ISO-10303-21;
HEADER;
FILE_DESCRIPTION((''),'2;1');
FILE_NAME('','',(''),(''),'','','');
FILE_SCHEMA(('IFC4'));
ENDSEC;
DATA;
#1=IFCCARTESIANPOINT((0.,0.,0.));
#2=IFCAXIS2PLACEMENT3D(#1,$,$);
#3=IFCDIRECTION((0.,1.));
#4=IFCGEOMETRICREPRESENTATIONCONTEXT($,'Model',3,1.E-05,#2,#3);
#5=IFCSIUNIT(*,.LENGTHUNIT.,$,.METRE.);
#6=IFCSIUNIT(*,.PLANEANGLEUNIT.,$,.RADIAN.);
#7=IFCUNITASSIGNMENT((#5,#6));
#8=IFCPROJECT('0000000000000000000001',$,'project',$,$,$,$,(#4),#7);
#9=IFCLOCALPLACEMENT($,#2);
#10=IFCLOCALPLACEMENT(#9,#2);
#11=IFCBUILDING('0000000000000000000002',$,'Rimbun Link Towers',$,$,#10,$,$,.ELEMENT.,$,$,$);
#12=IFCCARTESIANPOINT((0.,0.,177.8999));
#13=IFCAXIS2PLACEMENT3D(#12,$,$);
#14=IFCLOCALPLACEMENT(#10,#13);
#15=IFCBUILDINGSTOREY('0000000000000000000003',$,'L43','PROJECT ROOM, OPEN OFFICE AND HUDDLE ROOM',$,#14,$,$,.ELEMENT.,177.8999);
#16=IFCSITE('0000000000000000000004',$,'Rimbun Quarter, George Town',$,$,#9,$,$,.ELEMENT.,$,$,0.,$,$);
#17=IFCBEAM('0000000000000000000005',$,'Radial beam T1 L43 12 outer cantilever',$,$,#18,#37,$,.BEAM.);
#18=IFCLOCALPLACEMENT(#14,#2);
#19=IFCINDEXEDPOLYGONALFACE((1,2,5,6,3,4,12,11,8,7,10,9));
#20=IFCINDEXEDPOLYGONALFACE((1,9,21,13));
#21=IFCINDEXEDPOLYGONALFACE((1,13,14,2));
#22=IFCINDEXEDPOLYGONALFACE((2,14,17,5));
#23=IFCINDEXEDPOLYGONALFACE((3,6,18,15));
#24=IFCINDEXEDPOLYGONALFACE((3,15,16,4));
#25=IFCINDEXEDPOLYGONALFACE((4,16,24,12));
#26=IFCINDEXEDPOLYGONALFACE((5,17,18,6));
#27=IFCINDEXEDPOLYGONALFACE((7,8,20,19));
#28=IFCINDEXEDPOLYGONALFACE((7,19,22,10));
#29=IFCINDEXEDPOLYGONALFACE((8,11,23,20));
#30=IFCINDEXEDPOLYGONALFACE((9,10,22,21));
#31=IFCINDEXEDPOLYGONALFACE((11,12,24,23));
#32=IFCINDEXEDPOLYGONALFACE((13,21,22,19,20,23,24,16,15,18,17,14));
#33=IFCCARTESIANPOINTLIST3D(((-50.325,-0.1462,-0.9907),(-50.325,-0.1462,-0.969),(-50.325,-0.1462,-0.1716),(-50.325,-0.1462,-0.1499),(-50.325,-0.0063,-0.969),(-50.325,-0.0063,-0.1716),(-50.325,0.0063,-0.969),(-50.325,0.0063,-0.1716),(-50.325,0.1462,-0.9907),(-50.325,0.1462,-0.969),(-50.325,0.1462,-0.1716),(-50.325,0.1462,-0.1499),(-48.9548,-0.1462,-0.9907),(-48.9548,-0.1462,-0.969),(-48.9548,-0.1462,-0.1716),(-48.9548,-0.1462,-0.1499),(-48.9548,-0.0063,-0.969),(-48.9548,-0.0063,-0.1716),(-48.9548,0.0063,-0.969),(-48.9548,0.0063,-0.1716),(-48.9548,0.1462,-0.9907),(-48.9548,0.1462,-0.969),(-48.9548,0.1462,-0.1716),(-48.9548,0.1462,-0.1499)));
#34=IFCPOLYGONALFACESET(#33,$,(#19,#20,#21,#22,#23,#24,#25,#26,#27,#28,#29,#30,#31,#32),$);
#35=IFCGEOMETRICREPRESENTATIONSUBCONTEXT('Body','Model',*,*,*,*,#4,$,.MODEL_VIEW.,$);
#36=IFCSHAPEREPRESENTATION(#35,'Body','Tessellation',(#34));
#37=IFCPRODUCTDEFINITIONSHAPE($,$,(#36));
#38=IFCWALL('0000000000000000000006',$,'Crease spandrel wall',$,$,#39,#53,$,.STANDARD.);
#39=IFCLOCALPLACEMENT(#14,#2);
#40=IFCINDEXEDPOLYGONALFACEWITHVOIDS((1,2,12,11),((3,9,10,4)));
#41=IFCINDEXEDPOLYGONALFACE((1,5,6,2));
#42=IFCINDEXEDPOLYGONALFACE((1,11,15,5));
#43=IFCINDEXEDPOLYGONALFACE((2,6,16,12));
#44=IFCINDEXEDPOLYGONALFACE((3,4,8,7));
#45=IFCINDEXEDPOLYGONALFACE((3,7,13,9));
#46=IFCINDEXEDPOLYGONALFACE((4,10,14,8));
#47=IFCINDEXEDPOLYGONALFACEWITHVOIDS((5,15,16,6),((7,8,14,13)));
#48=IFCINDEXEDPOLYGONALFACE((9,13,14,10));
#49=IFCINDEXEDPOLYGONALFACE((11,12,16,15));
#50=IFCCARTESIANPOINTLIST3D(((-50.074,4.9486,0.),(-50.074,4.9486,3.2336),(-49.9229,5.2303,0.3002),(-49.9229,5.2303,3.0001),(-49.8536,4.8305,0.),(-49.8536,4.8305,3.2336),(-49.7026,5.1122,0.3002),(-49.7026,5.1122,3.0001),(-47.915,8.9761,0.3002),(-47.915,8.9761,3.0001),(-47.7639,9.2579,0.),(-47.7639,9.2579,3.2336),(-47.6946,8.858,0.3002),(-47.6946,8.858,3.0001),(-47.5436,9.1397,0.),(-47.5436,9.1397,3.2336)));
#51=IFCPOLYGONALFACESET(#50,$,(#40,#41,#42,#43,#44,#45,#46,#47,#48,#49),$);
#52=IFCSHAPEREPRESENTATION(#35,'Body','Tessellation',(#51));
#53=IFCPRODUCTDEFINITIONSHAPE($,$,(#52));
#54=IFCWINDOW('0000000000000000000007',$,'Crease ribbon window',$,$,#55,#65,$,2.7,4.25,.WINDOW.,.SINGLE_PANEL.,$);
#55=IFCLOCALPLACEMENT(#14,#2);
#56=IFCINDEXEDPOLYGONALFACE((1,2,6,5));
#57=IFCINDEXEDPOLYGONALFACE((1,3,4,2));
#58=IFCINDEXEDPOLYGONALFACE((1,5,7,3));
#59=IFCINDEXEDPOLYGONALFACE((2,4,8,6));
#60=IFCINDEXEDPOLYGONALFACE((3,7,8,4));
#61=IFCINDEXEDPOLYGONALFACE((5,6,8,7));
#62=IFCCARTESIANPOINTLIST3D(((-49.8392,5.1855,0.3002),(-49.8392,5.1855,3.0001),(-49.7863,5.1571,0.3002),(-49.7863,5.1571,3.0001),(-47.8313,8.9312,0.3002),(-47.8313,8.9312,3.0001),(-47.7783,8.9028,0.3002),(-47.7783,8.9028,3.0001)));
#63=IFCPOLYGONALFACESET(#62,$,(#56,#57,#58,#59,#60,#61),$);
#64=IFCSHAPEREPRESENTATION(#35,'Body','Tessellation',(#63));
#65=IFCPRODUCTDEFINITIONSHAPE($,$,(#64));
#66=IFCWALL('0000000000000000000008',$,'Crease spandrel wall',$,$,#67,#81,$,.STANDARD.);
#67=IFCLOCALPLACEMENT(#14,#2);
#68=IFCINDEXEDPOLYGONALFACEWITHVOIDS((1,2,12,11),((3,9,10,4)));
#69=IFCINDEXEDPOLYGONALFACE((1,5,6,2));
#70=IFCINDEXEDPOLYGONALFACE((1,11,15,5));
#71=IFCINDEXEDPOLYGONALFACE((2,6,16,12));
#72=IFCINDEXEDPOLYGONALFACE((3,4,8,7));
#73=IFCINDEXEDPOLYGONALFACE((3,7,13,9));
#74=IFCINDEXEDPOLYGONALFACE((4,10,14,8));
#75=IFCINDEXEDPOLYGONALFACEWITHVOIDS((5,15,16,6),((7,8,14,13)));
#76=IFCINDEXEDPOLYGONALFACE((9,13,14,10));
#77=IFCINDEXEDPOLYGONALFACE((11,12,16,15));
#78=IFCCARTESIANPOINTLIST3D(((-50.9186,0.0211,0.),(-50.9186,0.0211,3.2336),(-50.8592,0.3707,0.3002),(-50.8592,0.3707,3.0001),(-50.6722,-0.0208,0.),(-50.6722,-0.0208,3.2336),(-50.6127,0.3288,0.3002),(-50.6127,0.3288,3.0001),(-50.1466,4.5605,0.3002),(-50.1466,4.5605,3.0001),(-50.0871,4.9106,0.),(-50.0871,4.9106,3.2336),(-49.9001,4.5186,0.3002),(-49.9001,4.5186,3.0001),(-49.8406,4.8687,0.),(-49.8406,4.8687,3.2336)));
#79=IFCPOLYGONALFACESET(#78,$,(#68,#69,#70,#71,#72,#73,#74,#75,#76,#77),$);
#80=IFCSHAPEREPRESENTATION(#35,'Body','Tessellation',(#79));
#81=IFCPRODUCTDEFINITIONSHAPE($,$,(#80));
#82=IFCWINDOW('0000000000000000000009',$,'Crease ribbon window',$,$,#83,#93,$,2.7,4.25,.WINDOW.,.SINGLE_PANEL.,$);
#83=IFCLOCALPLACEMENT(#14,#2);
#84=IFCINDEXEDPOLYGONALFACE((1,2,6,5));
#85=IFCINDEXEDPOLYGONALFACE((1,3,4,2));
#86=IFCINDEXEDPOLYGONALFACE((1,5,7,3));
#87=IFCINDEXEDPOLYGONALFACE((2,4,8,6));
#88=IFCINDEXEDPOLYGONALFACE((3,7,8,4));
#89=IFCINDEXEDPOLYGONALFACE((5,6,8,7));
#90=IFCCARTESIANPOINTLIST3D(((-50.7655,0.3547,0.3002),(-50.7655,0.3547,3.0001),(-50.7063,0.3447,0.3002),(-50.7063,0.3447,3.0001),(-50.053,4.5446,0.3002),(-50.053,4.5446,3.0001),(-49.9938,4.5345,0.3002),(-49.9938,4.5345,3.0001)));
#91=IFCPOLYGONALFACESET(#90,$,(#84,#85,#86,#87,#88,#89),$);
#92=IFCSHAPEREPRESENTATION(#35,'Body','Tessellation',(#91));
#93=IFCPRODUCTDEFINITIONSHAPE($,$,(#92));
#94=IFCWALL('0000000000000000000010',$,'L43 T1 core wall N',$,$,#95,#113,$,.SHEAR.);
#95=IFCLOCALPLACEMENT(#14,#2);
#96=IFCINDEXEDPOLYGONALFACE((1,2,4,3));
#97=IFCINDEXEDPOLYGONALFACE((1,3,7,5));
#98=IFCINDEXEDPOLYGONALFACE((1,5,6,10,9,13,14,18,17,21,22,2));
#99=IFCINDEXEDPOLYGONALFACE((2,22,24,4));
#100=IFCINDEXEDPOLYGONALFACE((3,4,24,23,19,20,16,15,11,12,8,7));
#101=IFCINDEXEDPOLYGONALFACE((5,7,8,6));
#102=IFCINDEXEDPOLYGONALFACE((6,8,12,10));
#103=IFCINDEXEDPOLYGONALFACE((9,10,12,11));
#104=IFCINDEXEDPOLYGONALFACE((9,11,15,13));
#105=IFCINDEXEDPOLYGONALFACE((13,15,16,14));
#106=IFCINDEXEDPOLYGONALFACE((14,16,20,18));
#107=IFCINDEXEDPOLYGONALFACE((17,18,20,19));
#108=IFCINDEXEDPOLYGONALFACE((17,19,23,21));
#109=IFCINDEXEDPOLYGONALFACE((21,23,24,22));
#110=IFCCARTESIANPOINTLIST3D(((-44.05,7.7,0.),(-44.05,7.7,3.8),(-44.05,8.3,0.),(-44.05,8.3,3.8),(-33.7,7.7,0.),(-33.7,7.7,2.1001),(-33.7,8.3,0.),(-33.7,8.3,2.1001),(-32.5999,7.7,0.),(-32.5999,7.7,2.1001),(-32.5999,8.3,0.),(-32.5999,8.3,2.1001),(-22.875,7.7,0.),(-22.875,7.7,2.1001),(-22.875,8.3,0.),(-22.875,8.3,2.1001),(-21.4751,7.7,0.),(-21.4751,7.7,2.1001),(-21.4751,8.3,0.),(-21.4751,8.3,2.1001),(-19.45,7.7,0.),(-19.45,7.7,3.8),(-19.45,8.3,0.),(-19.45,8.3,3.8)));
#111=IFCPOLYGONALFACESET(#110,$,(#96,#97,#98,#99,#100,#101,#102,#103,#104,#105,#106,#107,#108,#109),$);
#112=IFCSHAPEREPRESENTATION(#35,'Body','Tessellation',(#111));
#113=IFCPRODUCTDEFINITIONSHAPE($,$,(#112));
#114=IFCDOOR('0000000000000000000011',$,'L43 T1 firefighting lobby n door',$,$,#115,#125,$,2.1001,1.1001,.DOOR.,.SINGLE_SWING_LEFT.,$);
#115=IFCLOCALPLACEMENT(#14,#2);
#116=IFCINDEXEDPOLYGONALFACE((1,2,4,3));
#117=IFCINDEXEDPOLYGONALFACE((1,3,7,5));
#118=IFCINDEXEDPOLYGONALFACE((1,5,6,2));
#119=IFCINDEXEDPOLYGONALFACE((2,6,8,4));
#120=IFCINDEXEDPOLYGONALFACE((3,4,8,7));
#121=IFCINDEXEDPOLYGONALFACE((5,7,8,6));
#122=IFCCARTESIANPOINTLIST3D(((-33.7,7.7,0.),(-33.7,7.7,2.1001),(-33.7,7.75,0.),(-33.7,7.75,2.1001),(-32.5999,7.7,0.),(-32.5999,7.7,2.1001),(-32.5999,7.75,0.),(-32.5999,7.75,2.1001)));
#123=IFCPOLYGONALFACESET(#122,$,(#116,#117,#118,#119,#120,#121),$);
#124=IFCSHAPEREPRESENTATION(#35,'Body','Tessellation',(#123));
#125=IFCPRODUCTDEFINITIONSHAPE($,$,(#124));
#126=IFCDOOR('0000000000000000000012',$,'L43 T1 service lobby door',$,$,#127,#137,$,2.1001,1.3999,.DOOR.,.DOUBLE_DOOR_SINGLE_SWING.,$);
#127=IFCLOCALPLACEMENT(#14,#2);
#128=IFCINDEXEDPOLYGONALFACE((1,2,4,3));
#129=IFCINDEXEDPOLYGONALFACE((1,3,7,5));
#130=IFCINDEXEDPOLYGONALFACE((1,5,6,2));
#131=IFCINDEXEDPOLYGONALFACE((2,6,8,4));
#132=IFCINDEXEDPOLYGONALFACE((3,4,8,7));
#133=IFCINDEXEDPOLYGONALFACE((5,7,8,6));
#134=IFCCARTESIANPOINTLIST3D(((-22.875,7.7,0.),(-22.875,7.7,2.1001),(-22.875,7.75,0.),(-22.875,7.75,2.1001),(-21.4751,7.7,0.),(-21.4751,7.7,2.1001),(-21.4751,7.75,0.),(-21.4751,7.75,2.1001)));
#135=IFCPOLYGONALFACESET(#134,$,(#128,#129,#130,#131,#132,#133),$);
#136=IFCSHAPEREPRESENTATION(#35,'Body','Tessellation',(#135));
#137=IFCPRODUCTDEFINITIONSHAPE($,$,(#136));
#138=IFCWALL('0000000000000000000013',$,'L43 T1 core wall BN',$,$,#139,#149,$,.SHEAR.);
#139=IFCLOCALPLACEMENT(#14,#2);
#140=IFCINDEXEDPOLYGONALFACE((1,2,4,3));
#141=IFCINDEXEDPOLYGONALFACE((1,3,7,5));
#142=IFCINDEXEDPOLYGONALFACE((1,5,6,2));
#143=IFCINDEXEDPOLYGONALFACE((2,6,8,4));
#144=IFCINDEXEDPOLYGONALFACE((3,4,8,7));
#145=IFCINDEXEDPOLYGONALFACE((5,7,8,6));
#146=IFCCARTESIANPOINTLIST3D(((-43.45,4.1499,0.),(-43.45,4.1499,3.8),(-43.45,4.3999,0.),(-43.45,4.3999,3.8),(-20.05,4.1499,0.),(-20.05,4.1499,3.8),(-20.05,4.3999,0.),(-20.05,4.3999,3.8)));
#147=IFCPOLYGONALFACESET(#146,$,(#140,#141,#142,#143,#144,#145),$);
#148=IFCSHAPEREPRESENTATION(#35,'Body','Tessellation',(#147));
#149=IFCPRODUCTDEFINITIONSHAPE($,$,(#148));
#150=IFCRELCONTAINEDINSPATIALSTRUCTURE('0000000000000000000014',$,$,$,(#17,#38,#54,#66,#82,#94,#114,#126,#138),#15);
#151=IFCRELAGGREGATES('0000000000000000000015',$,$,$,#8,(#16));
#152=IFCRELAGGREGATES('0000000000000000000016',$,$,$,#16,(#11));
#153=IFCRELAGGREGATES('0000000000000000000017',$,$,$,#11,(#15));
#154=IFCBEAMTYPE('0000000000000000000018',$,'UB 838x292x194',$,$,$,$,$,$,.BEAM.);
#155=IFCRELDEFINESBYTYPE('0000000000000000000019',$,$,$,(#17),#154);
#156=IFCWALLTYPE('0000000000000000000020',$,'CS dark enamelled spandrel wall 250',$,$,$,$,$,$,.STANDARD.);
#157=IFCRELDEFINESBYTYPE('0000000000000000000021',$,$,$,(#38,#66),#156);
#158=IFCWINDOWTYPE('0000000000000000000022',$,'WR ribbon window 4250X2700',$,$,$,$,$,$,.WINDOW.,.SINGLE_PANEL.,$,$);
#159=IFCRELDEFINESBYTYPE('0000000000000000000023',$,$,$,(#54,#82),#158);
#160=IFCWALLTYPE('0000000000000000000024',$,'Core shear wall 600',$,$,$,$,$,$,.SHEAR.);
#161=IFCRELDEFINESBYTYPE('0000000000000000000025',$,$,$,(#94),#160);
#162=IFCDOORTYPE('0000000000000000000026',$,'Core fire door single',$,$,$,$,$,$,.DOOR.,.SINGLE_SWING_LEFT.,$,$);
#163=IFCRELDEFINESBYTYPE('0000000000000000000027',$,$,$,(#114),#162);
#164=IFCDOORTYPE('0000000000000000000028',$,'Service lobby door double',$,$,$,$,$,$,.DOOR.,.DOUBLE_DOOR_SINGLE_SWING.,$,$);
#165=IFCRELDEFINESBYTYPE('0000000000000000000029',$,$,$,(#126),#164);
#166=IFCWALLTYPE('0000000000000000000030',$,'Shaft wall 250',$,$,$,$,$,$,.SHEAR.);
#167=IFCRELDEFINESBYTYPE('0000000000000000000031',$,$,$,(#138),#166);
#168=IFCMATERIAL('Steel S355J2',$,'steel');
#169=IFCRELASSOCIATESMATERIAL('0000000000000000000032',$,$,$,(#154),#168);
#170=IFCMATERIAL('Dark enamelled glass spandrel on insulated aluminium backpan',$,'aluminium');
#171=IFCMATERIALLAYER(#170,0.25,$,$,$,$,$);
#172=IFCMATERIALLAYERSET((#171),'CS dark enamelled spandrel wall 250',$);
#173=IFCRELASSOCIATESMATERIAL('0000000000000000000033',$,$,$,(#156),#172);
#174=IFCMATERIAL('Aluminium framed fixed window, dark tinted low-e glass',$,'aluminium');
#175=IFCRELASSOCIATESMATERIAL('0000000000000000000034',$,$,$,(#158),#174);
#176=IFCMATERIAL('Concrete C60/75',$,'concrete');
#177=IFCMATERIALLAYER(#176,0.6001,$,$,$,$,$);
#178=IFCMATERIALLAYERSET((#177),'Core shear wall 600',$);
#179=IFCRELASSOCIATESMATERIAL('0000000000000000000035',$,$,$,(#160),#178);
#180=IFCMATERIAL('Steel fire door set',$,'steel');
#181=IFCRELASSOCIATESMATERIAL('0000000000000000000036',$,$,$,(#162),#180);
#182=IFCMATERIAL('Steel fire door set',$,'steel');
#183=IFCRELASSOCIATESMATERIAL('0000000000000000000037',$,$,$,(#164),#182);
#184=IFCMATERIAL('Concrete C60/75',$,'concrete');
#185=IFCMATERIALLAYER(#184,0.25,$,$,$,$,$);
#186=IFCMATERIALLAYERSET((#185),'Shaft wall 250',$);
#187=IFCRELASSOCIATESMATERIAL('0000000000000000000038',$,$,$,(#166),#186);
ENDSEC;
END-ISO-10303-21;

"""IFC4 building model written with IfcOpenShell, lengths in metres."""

from ifc_helpers import new_model, si_unit, direction, frame, frame_2d, origin, origin_2d, place, context, subcontext, project, spatial, rectangle, i_section, extrude, material, layer, layer_set, material_profile, profile_set, type_object, element, fill, save


model = new_model("IFC4")

# Units and contexts
model_context = context("Model", 3, precision=1e-05, world=origin(), true_north=direction((0.0, 1.0)))
body_context = subcontext(model_context, "Body", "Model", "MODEL_VIEW")
ifc_project = project(units=[si_unit("LENGTHUNIT", "METRE"), si_unit("PLANEANGLEUNIT", "RADIAN")], contexts=[model_context])

# Site, building, storey
site_placement = place(None, origin())
site = spatial("IfcSite", under=ifc_project, at=site_placement, Name="Rimbun Quarter, George Town", CompositionType="ELEMENT", RefElevation=0.0)
building_placement = place(site_placement, origin())
building = spatial("IfcBuilding", under=site, at=building_placement, Name="Rimbun Link Towers", CompositionType="ELEMENT")
storey_placement = place(building_placement, frame((0.0, 0.0, 177.8999)))
storey = spatial("IfcBuildingStorey", under=building, at=storey_placement, Name="L43", Description="PROJECT ROOM, OPEN OFFICE AND HUDDLE ROOM", CompositionType="ELEMENT", Elevation=177.8999)

# Beam
ifc_material_1 = material(Name="Steel S355J2", Category="steel")
ifc_material_profile_1 = material_profile(ifc_material_1, i_section(OverallWidth=0.2925, OverallDepth=0.8408, WebThickness=0.0127, FlangeThickness=0.0217, at=origin_2d()), Name="UB 838x292x194")
ifc_profile_set_1 = profile_set([ifc_material_profile_1], Name="Steel S355J2")
beam_type_1 = type_object("IfcBeamType", Name="UB 838x292x194", PredefinedType="BEAM", material=ifc_profile_set_1)
beam_1_placement = place(storey_placement, frame((-48.9548, 0.0, -0.5703), z_axis=(-1.0, 0.0, 0.0), x_axis=(0.0, -1.0, 0.0)))
element("IfcBeam", 1, at=beam_1_placement, inside=storey, type_object=beam_type_1, Name="Radial beam T1 L43 12 outer cantilever", PredefinedType="BEAM", context=body_context, shape_type="SweptSolid", body=[
    extrude(i_section(OverallWidth=0.2925, OverallDepth=0.8408, WebThickness=0.0127, FlangeThickness=0.0217, at=origin_2d()), origin(), (0.0, 0.0, 1.0), 1.3701),
])

# Walls, openings, windows
ifc_material_2 = material(Name="Dark enamelled glass spandrel on insulated aluminium backpan", Category="aluminium")
ifc_layer_1 = layer(ifc_material_2, 0.25)
ifc_layer_set_1 = layer_set([ifc_layer_1], Name="CS dark enamelled spandrel wall 250")
wall_type_1 = type_object("IfcWallType", Name="CS dark enamelled spandrel wall 250", PredefinedType="STANDARD", material=ifc_layer_set_1)
wall_1_placement = place(storey_placement, frame((-49.9639, 4.8894, 0.0), z_axis=(0.0, 0.0, 1.0), x_axis=(0.472458, 0.881353, 0.0)))
wall_1 = element("IfcWall", 2, at=wall_1_placement, inside=storey, type_object=wall_type_1, Name="Crease spandrel wall", PredefinedType="STANDARD", context=body_context, shape_type="SweptSolid", body=[
    extrude(rectangle(XDim=4.8894, YDim=0.25, at=frame_2d((2.4448, 0.0))), origin(), (0.0, 0.0, 1.0), 3.2336),
])
opening_1_placement = place(wall_1_placement, frame((0.3198, 0.0, 0.3)))
opening_1 = element("IfcOpeningElement", 3, at=opening_1_placement, cuts=wall_1, PredefinedType="OPENING", context=body_context, shape_type="SweptSolid", body=[
    extrude(rectangle(XDim=4.25, YDim=2.7, at=frame_2d((2.125, 1.3501))), frame((0.0, 0.135, 0.0), z_axis=(0.0, -1.0, 0.0), x_axis=(1.0, 0.0, 0.0)), (0.0, 0.0, 1.0), 0.27),
])
ifc_material_3 = material(Name="Aluminium framed fixed window, dark tinted low-e glass", Category="aluminium")
window_type = type_object("IfcWindowType", Name="WR ribbon window 4250X2700", PartitioningType="SINGLE_PANEL", PredefinedType="WINDOW", material=ifc_material_3)
window_1_placement = place(opening_1_placement, origin())
window_1 = element("IfcWindow", 4, at=window_1_placement, inside=storey, type_object=window_type, Name="Crease ribbon window", OverallHeight=2.7, OverallWidth=4.25, PartitioningType="SINGLE_PANEL", PredefinedType="WINDOW", context=body_context, shape_type="SweptSolid", body=[
    extrude(rectangle(XDim=4.25, YDim=2.7, at=frame_2d((2.125, 1.3501))), frame((0.0, 0.03, 0.0), z_axis=(0.0, -1.0, 0.0), x_axis=(1.0, 0.0, 0.0)), (0.0, 0.0, 1.0), 0.0601),
])
fill(opening_1, window_1)
wall_2_placement = place(storey_placement, frame((-50.7954, 0.0, 0.0), z_axis=(0.0, 0.0, 1.0), x_axis=(0.167663, 0.985844, 0.0)))
wall_2 = element("IfcWall", 5, at=wall_2_placement, inside=storey, type_object=wall_type_1, Name="Crease spandrel wall", PredefinedType="STANDARD", context=body_context, shape_type="SweptSolid", body=[
    extrude(rectangle(XDim=4.9597, YDim=0.25, at=frame_2d((2.48, 0.0))), origin(), (0.0, 0.0, 1.0), 3.2336),
])
opening_2_placement = place(wall_2_placement, frame((0.3547, 0.0, 0.3)))
opening_2 = element("IfcOpeningElement", 6, at=opening_2_placement, cuts=wall_2, PredefinedType="OPENING", context=body_context, shape_type="SweptSolid", body=[
    extrude(rectangle(XDim=4.25, YDim=2.7, at=frame_2d((2.125, 1.3501))), frame((0.0, 0.135, 0.0), z_axis=(0.0, -1.0, 0.0), x_axis=(1.0, 0.0, 0.0)), (0.0, 0.0, 1.0), 0.27),
])
window_2_placement = place(opening_2_placement, origin())
window_2 = element("IfcWindow", 7, at=window_2_placement, inside=storey, type_object=window_type, Name="Crease ribbon window", OverallHeight=2.7, OverallWidth=4.25, PartitioningType="SINGLE_PANEL", PredefinedType="WINDOW", context=body_context, shape_type="SweptSolid", body=[
    extrude(rectangle(XDim=4.25, YDim=2.7, at=frame_2d((2.125, 1.3501))), frame((0.0, 0.03, 0.0), z_axis=(0.0, -1.0, 0.0), x_axis=(1.0, 0.0, 0.0)), (0.0, 0.0, 1.0), 0.0601),
])
fill(opening_2, window_2)

# Wall, openings, doors
ifc_material_4 = material(Name="Concrete C60/75", Category="concrete")
ifc_layer_2 = layer(ifc_material_4, 0.6001)
ifc_layer_set_2 = layer_set([ifc_layer_2], Name="Core shear wall 600")
wall_type_2 = type_object("IfcWallType", Name="Core shear wall 600", PredefinedType="SHEAR", material=ifc_layer_set_2)
wall_3_placement = place(storey_placement, frame((-44.05, 8.0, 0.0), z_axis=(0.0, 0.0, 1.0), x_axis=(1.0, 0.0, 0.0)))
wall_3 = element("IfcWall", 8, at=wall_3_placement, inside=storey, type_object=wall_type_2, Name="L43 T1 core wall N", PredefinedType="SHEAR", context=body_context, shape_type="SweptSolid", body=[
    extrude(rectangle(XDim=24.6001, YDim=0.6001, at=frame_2d((12.3, 0.0))), origin(), (0.0, 0.0, 1.0), 3.8),
])
opening_3_placement = place(wall_3_placement, frame((10.3501, 0.0, 0.0)))
opening_3 = element("IfcOpeningElement", 9, at=opening_3_placement, cuts=wall_3, PredefinedType="OPENING", context=body_context, shape_type="SweptSolid", body=[
    extrude(rectangle(XDim=1.1001, YDim=2.1001, at=frame_2d((0.55, 1.05))), frame((0.0, 0.3101, 0.0), z_axis=(0.0, -1.0, 0.0), x_axis=(1.0, 0.0, 0.0)), (0.0, 0.0, 1.0), 0.6201),
])
opening_4_placement = place(wall_3_placement, frame((21.175, 0.0, 0.0)))
opening_4 = element("IfcOpeningElement", 10, at=opening_4_placement, cuts=wall_3, PredefinedType="OPENING", context=body_context, shape_type="SweptSolid", body=[
    extrude(rectangle(XDim=1.3999, YDim=2.1001, at=frame_2d((0.7, 1.05))), frame((0.0, 0.3101, 0.0), z_axis=(0.0, -1.0, 0.0), x_axis=(1.0, 0.0, 0.0)), (0.0, 0.0, 1.0), 0.6201),
])
ifc_material_5 = material(Name="Steel fire door set", Category="steel")
door_type_1 = type_object("IfcDoorType", Name="Core fire door single", OperationType="SINGLE_SWING_LEFT", PredefinedType="DOOR", material=ifc_material_5)
door_1_placement = place(opening_3_placement, origin())
door_1 = element("IfcDoor", 11, at=door_1_placement, inside=storey, type_object=door_type_1, Name="L43 T1 firefighting lobby n door", OperationType="SINGLE_SWING_LEFT", OverallHeight=2.1001, OverallWidth=1.1001, PredefinedType="DOOR", context=body_context, shape_type="SweptSolid", body=[
    extrude(rectangle(XDim=1.1001, YDim=2.1001, at=frame_2d((0.55, 1.05))), frame((0.0, -0.25, 0.0), z_axis=(0.0, -1.0, 0.0), x_axis=(1.0, 0.0, 0.0)), (0.0, 0.0, 1.0), 0.05),
])
fill(opening_3, door_1)
ifc_material_6 = material(Name="Steel fire door set", Category="steel")
door_type_2 = type_object("IfcDoorType", Name="Service lobby door double", OperationType="DOUBLE_DOOR_SINGLE_SWING", PredefinedType="DOOR", material=ifc_material_6)
door_2_placement = place(opening_4_placement, origin())
door_2 = element("IfcDoor", 12, at=door_2_placement, inside=storey, type_object=door_type_2, Name="L43 T1 service lobby door", OperationType="DOUBLE_DOOR_SINGLE_SWING", OverallHeight=2.1001, OverallWidth=1.3999, PredefinedType="DOOR", context=body_context, shape_type="SweptSolid", body=[
    extrude(rectangle(XDim=1.3999, YDim=2.1001, at=frame_2d((0.7, 1.05))), frame((0.0, -0.25, 0.0), z_axis=(0.0, -1.0, 0.0), x_axis=(1.0, 0.0, 0.0)), (0.0, 0.0, 1.0), 0.05),
])
fill(opening_4, door_2)

# Wall
ifc_material_7 = material(Name="Concrete C60/75", Category="concrete")
ifc_layer_3 = layer(ifc_material_7, 0.25)
ifc_layer_set_3 = layer_set([ifc_layer_3], Name="Shaft wall 250")
wall_type_3 = type_object("IfcWallType", Name="Shaft wall 250", PredefinedType="SHEAR", material=ifc_layer_set_3)
wall_4_placement = place(storey_placement, frame((-43.45, 4.2749, 0.0), z_axis=(0.0, 0.0, 1.0), x_axis=(1.0, 0.0, 0.0)))
element("IfcWall", 13, at=wall_4_placement, inside=storey, type_object=wall_type_3, Name="L43 T1 core wall BN", PredefinedType="SHEAR", context=body_context, shape_type="SweptSolid", body=[
    extrude(rectangle(XDim=23.3999, YDim=0.25, at=frame_2d((11.7, 0.0))), origin(), (0.0, 0.0, 1.0), 3.8),
])

save(model, "model.ifc")
